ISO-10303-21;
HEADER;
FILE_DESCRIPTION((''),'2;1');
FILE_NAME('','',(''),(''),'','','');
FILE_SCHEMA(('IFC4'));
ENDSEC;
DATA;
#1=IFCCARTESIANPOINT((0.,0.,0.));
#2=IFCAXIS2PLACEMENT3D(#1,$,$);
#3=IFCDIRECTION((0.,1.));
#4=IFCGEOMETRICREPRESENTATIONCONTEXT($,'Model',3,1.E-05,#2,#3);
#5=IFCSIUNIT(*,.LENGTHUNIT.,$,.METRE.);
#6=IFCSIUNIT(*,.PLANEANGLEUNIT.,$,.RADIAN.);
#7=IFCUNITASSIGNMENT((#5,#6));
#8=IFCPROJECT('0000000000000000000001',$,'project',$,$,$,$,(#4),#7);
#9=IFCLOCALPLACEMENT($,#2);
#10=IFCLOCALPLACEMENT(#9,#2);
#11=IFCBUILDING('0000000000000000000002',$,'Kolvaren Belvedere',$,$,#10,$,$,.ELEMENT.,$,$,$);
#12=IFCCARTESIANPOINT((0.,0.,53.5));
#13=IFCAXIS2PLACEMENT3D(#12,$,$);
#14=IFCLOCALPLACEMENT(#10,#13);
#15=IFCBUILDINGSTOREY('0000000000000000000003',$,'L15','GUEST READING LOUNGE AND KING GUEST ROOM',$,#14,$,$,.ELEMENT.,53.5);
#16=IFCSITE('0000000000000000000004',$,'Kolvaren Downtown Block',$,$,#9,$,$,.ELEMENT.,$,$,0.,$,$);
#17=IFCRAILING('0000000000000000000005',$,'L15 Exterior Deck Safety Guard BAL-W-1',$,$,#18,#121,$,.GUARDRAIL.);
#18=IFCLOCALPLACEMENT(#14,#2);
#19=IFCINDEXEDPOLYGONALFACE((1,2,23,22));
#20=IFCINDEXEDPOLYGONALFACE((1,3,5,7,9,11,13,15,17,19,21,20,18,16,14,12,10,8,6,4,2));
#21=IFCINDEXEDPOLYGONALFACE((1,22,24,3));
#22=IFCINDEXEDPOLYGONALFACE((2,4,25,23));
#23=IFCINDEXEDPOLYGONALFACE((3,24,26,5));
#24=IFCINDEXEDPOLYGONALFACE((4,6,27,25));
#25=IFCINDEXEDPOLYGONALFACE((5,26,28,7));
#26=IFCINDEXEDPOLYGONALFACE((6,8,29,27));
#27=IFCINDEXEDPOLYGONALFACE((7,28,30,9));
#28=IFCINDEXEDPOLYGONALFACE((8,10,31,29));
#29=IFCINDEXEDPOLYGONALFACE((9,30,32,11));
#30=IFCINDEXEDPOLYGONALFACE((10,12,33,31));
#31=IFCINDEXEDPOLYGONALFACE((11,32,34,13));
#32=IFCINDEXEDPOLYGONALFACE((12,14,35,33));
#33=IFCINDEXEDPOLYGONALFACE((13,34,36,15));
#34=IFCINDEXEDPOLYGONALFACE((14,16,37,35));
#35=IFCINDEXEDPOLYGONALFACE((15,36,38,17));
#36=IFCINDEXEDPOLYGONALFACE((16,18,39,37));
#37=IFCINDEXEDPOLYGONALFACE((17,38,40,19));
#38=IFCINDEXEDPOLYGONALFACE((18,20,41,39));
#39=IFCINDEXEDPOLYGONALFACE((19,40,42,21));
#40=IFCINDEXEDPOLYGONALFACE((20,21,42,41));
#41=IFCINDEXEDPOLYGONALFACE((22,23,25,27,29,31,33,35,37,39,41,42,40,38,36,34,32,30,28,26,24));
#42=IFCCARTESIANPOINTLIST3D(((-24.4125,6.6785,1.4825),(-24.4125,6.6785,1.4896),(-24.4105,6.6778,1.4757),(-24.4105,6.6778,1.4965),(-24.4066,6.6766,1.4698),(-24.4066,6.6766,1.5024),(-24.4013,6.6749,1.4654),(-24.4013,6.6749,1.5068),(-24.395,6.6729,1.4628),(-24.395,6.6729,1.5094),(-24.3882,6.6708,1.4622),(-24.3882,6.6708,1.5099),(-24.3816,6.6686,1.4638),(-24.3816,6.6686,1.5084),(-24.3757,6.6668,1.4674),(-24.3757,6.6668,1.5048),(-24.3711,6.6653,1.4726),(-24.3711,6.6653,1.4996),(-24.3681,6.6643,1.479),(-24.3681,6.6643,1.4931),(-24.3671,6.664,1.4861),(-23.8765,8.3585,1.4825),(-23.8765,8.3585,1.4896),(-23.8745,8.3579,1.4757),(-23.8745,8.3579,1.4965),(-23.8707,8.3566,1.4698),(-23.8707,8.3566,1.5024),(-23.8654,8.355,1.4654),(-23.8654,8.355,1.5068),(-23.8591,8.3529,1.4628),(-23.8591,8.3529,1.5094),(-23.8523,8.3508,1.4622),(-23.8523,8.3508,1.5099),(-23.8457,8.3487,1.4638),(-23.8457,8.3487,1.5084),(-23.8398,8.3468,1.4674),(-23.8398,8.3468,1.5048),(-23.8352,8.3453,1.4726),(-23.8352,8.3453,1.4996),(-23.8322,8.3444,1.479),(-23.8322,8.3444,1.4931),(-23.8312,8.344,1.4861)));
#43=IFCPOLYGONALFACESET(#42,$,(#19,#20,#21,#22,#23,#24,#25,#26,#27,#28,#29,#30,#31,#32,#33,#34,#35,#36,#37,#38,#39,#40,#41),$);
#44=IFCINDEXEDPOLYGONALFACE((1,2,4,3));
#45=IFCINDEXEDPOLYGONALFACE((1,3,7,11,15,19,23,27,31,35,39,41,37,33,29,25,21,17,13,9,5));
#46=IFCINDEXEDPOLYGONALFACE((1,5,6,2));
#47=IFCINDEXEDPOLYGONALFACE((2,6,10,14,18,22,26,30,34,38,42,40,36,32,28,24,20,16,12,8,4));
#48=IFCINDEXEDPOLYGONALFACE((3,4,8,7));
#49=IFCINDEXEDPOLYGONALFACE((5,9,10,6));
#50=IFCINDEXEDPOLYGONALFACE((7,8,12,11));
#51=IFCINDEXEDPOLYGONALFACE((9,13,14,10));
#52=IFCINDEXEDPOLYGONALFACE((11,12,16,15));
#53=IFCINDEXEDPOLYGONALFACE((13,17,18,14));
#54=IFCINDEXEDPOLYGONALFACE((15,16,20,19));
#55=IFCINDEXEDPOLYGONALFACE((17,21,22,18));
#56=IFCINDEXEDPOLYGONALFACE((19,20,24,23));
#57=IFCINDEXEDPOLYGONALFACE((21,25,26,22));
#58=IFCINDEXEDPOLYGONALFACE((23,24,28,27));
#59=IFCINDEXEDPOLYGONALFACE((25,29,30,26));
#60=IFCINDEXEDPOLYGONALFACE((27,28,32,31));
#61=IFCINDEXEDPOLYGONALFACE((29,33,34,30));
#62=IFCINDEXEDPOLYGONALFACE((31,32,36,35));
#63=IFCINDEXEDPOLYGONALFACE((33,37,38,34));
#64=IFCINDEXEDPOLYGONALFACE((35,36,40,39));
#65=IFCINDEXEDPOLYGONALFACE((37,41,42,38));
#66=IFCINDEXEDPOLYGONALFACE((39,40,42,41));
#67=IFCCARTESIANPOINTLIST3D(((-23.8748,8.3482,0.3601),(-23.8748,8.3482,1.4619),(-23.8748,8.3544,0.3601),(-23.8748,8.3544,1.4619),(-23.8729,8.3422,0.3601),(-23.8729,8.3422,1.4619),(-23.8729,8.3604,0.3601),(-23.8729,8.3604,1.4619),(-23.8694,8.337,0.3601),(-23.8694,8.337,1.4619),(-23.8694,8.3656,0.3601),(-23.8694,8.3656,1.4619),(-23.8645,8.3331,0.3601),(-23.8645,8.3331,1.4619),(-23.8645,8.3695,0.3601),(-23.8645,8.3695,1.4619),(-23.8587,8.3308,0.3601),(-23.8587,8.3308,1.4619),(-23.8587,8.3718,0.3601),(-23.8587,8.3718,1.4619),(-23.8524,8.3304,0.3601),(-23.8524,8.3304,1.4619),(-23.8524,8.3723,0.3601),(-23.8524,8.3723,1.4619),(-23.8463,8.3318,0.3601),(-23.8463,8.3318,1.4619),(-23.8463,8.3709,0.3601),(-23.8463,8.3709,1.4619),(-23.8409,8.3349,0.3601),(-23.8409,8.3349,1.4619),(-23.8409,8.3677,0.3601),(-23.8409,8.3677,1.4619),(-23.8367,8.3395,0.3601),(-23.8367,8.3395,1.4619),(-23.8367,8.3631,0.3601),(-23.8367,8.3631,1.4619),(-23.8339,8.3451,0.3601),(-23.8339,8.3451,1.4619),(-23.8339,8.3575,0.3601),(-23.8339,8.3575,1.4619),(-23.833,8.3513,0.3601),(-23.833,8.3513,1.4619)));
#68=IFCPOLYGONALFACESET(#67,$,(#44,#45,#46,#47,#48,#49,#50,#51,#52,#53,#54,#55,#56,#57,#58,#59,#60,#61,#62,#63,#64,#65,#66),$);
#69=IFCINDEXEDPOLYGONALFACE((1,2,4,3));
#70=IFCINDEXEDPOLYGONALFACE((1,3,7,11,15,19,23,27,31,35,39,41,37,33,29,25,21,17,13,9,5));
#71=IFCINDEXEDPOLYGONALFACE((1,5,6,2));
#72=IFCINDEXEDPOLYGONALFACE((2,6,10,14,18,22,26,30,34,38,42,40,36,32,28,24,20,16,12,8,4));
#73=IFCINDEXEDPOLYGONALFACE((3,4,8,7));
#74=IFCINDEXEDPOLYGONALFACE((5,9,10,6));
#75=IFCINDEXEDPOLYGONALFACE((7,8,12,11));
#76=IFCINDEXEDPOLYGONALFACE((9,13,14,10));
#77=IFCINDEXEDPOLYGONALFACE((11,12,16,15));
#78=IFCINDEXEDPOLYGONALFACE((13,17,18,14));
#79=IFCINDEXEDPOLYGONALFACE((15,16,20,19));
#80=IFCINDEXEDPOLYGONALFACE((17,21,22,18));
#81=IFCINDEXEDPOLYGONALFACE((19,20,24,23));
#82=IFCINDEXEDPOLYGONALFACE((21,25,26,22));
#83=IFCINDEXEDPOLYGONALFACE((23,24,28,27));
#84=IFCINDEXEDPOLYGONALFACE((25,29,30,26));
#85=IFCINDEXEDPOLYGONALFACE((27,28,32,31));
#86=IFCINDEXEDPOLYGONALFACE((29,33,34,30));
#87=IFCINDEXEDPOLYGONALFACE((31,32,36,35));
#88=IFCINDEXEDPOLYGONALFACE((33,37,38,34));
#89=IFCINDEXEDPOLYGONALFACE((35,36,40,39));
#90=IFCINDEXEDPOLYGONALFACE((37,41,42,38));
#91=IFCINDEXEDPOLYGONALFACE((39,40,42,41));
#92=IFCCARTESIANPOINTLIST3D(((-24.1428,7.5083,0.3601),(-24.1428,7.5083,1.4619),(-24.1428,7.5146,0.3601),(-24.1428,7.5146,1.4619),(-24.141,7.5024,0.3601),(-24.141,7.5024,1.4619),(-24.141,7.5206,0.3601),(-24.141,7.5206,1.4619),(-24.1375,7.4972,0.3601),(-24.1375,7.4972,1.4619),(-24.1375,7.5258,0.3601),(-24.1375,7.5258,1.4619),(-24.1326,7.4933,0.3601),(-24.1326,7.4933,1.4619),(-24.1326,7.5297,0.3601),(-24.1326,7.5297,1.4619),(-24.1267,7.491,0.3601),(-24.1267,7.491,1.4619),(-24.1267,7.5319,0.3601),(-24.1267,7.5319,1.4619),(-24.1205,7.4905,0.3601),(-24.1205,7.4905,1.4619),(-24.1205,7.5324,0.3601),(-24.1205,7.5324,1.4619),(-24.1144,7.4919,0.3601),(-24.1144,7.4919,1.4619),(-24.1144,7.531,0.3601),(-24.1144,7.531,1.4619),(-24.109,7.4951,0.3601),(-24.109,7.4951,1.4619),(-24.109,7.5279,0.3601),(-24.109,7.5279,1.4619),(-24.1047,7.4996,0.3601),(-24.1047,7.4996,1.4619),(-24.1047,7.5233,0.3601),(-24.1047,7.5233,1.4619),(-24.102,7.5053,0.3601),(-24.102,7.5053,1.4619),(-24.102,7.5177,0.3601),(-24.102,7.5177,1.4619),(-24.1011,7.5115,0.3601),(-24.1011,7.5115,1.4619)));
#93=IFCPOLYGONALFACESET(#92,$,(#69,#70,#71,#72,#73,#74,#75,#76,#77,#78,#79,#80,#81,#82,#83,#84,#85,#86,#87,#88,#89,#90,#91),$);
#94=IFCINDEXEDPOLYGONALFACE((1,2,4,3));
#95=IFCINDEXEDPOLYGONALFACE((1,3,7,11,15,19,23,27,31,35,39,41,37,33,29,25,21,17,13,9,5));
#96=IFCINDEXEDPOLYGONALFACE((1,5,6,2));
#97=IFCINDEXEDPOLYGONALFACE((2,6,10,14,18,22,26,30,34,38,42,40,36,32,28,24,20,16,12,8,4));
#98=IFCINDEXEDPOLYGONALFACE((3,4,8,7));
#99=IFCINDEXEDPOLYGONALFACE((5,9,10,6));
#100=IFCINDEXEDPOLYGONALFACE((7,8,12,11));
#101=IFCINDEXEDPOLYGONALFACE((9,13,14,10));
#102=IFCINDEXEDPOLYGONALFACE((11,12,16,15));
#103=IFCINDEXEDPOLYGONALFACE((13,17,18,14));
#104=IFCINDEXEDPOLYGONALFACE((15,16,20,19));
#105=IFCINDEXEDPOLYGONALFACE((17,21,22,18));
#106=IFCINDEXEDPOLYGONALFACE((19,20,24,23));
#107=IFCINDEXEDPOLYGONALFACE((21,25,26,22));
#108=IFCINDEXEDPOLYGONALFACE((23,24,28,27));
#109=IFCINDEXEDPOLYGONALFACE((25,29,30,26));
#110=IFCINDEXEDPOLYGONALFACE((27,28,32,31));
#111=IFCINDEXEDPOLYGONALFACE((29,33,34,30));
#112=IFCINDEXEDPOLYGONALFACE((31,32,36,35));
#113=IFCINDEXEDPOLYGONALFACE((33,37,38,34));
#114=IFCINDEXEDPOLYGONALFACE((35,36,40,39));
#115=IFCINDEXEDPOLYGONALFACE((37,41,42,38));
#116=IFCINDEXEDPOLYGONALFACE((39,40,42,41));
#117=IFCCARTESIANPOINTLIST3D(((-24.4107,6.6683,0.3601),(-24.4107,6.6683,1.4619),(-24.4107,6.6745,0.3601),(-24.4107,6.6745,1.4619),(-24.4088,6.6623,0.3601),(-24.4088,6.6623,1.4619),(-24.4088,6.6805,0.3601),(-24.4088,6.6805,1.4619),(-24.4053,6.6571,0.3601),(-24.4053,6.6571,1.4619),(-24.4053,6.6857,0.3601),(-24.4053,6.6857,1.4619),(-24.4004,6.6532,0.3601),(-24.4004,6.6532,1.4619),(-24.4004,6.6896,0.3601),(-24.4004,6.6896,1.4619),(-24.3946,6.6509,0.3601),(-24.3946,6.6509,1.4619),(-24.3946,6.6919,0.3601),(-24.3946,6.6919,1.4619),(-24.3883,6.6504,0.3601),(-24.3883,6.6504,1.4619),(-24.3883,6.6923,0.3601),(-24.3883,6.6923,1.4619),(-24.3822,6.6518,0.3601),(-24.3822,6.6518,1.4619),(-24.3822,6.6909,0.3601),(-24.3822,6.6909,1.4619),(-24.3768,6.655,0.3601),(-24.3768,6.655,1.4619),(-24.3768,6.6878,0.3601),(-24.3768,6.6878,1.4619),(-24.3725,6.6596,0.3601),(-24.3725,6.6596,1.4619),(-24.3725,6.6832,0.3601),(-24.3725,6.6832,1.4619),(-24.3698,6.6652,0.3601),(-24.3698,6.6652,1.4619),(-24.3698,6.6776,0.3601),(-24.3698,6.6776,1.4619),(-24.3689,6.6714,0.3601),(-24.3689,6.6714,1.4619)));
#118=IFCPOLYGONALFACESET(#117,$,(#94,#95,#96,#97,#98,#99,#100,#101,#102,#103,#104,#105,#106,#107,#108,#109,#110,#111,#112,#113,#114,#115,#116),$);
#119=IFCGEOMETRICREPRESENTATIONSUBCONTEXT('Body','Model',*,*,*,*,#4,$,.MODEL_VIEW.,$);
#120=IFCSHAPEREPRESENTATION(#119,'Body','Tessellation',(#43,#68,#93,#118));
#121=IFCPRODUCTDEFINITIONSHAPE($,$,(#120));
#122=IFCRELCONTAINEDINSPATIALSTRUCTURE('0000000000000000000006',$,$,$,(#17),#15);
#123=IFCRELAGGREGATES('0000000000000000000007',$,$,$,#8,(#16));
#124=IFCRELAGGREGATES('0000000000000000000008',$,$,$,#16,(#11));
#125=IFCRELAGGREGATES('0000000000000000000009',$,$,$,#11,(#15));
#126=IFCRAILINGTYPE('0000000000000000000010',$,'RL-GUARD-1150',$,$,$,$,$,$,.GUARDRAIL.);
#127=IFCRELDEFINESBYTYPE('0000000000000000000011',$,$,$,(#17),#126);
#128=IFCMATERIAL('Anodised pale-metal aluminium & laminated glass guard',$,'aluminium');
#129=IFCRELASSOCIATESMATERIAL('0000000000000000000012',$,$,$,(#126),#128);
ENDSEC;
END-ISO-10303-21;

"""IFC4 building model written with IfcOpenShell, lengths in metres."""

from ifc_helpers import new_model, si_unit, direction, frame, origin, origin_2d, place, context, subcontext, project, spatial, circle, extrude, material, type_object, element, save


model = new_model("IFC4")

# Units and contexts
model_context = context("Model", 3, precision=1e-05, world=origin(), true_north=direction((0.0, 1.0)))
body_context = subcontext(model_context, "Body", "Model", "MODEL_VIEW")
ifc_project = project(units=[si_unit("LENGTHUNIT", "METRE"), si_unit("PLANEANGLEUNIT", "RADIAN")], contexts=[model_context])

# Site, building, storey
site_placement = place(None, origin())
site = spatial("IfcSite", under=ifc_project, at=site_placement, Name="Kolvaren Downtown Block", CompositionType="ELEMENT", RefElevation=0.0)
building_placement = place(site_placement, origin())
building = spatial("IfcBuilding", under=site, at=building_placement, Name="Kolvaren Belvedere", CompositionType="ELEMENT")
storey_placement = place(building_placement, frame((0.0, 0.0, 53.5)))
storey = spatial("IfcBuildingStorey", under=building, at=storey_placement, Name="L15", Description="GUEST READING LOUNGE AND KING GUEST ROOM", CompositionType="ELEMENT", Elevation=53.5)

# Railing
ifc_material_1 = material(Name="Anodised pale-metal aluminium & laminated glass guard", Category="aluminium")
railing_type = type_object("IfcRailingType", Name="RL-GUARD-1150", PredefinedType="GUARDRAIL", material=ifc_material_1)
railing_1_placement = place(storey_placement, frame((-23.854, 8.3513, 0.3601)))
element("IfcRailing", 1, at=railing_1_placement, inside=storey, type_object=railing_type, Name="L15 Exterior Deck Safety Guard BAL-W-1", PredefinedType="GUARDRAIL", context=body_context, shape_type="SweptSolid", body=[
    extrude(circle(Radius=0.0239, at=origin_2d()), frame((0.0, 0.0, 1.126), z_axis=(-0.303906, -0.952702, 0.0), x_axis=(0.952702, -0.303906, 0.0)), (0.0, 0.0, 1.0), 1.7634),
    extrude(circle(Radius=0.021, at=origin_2d()), origin(), (0.0, 0.0, 1.0), 1.1018),
    extrude(circle(Radius=0.021, at=origin_2d()), frame((-0.2681, -0.8398, 0.0)), (0.0, 0.0, 1.0), 1.1018),
    extrude(circle(Radius=0.021, at=origin_2d()), frame((-0.5359, -1.6799, 0.0)), (0.0, 0.0, 1.0), 1.1018),
])

save(model, "model.ifc")
